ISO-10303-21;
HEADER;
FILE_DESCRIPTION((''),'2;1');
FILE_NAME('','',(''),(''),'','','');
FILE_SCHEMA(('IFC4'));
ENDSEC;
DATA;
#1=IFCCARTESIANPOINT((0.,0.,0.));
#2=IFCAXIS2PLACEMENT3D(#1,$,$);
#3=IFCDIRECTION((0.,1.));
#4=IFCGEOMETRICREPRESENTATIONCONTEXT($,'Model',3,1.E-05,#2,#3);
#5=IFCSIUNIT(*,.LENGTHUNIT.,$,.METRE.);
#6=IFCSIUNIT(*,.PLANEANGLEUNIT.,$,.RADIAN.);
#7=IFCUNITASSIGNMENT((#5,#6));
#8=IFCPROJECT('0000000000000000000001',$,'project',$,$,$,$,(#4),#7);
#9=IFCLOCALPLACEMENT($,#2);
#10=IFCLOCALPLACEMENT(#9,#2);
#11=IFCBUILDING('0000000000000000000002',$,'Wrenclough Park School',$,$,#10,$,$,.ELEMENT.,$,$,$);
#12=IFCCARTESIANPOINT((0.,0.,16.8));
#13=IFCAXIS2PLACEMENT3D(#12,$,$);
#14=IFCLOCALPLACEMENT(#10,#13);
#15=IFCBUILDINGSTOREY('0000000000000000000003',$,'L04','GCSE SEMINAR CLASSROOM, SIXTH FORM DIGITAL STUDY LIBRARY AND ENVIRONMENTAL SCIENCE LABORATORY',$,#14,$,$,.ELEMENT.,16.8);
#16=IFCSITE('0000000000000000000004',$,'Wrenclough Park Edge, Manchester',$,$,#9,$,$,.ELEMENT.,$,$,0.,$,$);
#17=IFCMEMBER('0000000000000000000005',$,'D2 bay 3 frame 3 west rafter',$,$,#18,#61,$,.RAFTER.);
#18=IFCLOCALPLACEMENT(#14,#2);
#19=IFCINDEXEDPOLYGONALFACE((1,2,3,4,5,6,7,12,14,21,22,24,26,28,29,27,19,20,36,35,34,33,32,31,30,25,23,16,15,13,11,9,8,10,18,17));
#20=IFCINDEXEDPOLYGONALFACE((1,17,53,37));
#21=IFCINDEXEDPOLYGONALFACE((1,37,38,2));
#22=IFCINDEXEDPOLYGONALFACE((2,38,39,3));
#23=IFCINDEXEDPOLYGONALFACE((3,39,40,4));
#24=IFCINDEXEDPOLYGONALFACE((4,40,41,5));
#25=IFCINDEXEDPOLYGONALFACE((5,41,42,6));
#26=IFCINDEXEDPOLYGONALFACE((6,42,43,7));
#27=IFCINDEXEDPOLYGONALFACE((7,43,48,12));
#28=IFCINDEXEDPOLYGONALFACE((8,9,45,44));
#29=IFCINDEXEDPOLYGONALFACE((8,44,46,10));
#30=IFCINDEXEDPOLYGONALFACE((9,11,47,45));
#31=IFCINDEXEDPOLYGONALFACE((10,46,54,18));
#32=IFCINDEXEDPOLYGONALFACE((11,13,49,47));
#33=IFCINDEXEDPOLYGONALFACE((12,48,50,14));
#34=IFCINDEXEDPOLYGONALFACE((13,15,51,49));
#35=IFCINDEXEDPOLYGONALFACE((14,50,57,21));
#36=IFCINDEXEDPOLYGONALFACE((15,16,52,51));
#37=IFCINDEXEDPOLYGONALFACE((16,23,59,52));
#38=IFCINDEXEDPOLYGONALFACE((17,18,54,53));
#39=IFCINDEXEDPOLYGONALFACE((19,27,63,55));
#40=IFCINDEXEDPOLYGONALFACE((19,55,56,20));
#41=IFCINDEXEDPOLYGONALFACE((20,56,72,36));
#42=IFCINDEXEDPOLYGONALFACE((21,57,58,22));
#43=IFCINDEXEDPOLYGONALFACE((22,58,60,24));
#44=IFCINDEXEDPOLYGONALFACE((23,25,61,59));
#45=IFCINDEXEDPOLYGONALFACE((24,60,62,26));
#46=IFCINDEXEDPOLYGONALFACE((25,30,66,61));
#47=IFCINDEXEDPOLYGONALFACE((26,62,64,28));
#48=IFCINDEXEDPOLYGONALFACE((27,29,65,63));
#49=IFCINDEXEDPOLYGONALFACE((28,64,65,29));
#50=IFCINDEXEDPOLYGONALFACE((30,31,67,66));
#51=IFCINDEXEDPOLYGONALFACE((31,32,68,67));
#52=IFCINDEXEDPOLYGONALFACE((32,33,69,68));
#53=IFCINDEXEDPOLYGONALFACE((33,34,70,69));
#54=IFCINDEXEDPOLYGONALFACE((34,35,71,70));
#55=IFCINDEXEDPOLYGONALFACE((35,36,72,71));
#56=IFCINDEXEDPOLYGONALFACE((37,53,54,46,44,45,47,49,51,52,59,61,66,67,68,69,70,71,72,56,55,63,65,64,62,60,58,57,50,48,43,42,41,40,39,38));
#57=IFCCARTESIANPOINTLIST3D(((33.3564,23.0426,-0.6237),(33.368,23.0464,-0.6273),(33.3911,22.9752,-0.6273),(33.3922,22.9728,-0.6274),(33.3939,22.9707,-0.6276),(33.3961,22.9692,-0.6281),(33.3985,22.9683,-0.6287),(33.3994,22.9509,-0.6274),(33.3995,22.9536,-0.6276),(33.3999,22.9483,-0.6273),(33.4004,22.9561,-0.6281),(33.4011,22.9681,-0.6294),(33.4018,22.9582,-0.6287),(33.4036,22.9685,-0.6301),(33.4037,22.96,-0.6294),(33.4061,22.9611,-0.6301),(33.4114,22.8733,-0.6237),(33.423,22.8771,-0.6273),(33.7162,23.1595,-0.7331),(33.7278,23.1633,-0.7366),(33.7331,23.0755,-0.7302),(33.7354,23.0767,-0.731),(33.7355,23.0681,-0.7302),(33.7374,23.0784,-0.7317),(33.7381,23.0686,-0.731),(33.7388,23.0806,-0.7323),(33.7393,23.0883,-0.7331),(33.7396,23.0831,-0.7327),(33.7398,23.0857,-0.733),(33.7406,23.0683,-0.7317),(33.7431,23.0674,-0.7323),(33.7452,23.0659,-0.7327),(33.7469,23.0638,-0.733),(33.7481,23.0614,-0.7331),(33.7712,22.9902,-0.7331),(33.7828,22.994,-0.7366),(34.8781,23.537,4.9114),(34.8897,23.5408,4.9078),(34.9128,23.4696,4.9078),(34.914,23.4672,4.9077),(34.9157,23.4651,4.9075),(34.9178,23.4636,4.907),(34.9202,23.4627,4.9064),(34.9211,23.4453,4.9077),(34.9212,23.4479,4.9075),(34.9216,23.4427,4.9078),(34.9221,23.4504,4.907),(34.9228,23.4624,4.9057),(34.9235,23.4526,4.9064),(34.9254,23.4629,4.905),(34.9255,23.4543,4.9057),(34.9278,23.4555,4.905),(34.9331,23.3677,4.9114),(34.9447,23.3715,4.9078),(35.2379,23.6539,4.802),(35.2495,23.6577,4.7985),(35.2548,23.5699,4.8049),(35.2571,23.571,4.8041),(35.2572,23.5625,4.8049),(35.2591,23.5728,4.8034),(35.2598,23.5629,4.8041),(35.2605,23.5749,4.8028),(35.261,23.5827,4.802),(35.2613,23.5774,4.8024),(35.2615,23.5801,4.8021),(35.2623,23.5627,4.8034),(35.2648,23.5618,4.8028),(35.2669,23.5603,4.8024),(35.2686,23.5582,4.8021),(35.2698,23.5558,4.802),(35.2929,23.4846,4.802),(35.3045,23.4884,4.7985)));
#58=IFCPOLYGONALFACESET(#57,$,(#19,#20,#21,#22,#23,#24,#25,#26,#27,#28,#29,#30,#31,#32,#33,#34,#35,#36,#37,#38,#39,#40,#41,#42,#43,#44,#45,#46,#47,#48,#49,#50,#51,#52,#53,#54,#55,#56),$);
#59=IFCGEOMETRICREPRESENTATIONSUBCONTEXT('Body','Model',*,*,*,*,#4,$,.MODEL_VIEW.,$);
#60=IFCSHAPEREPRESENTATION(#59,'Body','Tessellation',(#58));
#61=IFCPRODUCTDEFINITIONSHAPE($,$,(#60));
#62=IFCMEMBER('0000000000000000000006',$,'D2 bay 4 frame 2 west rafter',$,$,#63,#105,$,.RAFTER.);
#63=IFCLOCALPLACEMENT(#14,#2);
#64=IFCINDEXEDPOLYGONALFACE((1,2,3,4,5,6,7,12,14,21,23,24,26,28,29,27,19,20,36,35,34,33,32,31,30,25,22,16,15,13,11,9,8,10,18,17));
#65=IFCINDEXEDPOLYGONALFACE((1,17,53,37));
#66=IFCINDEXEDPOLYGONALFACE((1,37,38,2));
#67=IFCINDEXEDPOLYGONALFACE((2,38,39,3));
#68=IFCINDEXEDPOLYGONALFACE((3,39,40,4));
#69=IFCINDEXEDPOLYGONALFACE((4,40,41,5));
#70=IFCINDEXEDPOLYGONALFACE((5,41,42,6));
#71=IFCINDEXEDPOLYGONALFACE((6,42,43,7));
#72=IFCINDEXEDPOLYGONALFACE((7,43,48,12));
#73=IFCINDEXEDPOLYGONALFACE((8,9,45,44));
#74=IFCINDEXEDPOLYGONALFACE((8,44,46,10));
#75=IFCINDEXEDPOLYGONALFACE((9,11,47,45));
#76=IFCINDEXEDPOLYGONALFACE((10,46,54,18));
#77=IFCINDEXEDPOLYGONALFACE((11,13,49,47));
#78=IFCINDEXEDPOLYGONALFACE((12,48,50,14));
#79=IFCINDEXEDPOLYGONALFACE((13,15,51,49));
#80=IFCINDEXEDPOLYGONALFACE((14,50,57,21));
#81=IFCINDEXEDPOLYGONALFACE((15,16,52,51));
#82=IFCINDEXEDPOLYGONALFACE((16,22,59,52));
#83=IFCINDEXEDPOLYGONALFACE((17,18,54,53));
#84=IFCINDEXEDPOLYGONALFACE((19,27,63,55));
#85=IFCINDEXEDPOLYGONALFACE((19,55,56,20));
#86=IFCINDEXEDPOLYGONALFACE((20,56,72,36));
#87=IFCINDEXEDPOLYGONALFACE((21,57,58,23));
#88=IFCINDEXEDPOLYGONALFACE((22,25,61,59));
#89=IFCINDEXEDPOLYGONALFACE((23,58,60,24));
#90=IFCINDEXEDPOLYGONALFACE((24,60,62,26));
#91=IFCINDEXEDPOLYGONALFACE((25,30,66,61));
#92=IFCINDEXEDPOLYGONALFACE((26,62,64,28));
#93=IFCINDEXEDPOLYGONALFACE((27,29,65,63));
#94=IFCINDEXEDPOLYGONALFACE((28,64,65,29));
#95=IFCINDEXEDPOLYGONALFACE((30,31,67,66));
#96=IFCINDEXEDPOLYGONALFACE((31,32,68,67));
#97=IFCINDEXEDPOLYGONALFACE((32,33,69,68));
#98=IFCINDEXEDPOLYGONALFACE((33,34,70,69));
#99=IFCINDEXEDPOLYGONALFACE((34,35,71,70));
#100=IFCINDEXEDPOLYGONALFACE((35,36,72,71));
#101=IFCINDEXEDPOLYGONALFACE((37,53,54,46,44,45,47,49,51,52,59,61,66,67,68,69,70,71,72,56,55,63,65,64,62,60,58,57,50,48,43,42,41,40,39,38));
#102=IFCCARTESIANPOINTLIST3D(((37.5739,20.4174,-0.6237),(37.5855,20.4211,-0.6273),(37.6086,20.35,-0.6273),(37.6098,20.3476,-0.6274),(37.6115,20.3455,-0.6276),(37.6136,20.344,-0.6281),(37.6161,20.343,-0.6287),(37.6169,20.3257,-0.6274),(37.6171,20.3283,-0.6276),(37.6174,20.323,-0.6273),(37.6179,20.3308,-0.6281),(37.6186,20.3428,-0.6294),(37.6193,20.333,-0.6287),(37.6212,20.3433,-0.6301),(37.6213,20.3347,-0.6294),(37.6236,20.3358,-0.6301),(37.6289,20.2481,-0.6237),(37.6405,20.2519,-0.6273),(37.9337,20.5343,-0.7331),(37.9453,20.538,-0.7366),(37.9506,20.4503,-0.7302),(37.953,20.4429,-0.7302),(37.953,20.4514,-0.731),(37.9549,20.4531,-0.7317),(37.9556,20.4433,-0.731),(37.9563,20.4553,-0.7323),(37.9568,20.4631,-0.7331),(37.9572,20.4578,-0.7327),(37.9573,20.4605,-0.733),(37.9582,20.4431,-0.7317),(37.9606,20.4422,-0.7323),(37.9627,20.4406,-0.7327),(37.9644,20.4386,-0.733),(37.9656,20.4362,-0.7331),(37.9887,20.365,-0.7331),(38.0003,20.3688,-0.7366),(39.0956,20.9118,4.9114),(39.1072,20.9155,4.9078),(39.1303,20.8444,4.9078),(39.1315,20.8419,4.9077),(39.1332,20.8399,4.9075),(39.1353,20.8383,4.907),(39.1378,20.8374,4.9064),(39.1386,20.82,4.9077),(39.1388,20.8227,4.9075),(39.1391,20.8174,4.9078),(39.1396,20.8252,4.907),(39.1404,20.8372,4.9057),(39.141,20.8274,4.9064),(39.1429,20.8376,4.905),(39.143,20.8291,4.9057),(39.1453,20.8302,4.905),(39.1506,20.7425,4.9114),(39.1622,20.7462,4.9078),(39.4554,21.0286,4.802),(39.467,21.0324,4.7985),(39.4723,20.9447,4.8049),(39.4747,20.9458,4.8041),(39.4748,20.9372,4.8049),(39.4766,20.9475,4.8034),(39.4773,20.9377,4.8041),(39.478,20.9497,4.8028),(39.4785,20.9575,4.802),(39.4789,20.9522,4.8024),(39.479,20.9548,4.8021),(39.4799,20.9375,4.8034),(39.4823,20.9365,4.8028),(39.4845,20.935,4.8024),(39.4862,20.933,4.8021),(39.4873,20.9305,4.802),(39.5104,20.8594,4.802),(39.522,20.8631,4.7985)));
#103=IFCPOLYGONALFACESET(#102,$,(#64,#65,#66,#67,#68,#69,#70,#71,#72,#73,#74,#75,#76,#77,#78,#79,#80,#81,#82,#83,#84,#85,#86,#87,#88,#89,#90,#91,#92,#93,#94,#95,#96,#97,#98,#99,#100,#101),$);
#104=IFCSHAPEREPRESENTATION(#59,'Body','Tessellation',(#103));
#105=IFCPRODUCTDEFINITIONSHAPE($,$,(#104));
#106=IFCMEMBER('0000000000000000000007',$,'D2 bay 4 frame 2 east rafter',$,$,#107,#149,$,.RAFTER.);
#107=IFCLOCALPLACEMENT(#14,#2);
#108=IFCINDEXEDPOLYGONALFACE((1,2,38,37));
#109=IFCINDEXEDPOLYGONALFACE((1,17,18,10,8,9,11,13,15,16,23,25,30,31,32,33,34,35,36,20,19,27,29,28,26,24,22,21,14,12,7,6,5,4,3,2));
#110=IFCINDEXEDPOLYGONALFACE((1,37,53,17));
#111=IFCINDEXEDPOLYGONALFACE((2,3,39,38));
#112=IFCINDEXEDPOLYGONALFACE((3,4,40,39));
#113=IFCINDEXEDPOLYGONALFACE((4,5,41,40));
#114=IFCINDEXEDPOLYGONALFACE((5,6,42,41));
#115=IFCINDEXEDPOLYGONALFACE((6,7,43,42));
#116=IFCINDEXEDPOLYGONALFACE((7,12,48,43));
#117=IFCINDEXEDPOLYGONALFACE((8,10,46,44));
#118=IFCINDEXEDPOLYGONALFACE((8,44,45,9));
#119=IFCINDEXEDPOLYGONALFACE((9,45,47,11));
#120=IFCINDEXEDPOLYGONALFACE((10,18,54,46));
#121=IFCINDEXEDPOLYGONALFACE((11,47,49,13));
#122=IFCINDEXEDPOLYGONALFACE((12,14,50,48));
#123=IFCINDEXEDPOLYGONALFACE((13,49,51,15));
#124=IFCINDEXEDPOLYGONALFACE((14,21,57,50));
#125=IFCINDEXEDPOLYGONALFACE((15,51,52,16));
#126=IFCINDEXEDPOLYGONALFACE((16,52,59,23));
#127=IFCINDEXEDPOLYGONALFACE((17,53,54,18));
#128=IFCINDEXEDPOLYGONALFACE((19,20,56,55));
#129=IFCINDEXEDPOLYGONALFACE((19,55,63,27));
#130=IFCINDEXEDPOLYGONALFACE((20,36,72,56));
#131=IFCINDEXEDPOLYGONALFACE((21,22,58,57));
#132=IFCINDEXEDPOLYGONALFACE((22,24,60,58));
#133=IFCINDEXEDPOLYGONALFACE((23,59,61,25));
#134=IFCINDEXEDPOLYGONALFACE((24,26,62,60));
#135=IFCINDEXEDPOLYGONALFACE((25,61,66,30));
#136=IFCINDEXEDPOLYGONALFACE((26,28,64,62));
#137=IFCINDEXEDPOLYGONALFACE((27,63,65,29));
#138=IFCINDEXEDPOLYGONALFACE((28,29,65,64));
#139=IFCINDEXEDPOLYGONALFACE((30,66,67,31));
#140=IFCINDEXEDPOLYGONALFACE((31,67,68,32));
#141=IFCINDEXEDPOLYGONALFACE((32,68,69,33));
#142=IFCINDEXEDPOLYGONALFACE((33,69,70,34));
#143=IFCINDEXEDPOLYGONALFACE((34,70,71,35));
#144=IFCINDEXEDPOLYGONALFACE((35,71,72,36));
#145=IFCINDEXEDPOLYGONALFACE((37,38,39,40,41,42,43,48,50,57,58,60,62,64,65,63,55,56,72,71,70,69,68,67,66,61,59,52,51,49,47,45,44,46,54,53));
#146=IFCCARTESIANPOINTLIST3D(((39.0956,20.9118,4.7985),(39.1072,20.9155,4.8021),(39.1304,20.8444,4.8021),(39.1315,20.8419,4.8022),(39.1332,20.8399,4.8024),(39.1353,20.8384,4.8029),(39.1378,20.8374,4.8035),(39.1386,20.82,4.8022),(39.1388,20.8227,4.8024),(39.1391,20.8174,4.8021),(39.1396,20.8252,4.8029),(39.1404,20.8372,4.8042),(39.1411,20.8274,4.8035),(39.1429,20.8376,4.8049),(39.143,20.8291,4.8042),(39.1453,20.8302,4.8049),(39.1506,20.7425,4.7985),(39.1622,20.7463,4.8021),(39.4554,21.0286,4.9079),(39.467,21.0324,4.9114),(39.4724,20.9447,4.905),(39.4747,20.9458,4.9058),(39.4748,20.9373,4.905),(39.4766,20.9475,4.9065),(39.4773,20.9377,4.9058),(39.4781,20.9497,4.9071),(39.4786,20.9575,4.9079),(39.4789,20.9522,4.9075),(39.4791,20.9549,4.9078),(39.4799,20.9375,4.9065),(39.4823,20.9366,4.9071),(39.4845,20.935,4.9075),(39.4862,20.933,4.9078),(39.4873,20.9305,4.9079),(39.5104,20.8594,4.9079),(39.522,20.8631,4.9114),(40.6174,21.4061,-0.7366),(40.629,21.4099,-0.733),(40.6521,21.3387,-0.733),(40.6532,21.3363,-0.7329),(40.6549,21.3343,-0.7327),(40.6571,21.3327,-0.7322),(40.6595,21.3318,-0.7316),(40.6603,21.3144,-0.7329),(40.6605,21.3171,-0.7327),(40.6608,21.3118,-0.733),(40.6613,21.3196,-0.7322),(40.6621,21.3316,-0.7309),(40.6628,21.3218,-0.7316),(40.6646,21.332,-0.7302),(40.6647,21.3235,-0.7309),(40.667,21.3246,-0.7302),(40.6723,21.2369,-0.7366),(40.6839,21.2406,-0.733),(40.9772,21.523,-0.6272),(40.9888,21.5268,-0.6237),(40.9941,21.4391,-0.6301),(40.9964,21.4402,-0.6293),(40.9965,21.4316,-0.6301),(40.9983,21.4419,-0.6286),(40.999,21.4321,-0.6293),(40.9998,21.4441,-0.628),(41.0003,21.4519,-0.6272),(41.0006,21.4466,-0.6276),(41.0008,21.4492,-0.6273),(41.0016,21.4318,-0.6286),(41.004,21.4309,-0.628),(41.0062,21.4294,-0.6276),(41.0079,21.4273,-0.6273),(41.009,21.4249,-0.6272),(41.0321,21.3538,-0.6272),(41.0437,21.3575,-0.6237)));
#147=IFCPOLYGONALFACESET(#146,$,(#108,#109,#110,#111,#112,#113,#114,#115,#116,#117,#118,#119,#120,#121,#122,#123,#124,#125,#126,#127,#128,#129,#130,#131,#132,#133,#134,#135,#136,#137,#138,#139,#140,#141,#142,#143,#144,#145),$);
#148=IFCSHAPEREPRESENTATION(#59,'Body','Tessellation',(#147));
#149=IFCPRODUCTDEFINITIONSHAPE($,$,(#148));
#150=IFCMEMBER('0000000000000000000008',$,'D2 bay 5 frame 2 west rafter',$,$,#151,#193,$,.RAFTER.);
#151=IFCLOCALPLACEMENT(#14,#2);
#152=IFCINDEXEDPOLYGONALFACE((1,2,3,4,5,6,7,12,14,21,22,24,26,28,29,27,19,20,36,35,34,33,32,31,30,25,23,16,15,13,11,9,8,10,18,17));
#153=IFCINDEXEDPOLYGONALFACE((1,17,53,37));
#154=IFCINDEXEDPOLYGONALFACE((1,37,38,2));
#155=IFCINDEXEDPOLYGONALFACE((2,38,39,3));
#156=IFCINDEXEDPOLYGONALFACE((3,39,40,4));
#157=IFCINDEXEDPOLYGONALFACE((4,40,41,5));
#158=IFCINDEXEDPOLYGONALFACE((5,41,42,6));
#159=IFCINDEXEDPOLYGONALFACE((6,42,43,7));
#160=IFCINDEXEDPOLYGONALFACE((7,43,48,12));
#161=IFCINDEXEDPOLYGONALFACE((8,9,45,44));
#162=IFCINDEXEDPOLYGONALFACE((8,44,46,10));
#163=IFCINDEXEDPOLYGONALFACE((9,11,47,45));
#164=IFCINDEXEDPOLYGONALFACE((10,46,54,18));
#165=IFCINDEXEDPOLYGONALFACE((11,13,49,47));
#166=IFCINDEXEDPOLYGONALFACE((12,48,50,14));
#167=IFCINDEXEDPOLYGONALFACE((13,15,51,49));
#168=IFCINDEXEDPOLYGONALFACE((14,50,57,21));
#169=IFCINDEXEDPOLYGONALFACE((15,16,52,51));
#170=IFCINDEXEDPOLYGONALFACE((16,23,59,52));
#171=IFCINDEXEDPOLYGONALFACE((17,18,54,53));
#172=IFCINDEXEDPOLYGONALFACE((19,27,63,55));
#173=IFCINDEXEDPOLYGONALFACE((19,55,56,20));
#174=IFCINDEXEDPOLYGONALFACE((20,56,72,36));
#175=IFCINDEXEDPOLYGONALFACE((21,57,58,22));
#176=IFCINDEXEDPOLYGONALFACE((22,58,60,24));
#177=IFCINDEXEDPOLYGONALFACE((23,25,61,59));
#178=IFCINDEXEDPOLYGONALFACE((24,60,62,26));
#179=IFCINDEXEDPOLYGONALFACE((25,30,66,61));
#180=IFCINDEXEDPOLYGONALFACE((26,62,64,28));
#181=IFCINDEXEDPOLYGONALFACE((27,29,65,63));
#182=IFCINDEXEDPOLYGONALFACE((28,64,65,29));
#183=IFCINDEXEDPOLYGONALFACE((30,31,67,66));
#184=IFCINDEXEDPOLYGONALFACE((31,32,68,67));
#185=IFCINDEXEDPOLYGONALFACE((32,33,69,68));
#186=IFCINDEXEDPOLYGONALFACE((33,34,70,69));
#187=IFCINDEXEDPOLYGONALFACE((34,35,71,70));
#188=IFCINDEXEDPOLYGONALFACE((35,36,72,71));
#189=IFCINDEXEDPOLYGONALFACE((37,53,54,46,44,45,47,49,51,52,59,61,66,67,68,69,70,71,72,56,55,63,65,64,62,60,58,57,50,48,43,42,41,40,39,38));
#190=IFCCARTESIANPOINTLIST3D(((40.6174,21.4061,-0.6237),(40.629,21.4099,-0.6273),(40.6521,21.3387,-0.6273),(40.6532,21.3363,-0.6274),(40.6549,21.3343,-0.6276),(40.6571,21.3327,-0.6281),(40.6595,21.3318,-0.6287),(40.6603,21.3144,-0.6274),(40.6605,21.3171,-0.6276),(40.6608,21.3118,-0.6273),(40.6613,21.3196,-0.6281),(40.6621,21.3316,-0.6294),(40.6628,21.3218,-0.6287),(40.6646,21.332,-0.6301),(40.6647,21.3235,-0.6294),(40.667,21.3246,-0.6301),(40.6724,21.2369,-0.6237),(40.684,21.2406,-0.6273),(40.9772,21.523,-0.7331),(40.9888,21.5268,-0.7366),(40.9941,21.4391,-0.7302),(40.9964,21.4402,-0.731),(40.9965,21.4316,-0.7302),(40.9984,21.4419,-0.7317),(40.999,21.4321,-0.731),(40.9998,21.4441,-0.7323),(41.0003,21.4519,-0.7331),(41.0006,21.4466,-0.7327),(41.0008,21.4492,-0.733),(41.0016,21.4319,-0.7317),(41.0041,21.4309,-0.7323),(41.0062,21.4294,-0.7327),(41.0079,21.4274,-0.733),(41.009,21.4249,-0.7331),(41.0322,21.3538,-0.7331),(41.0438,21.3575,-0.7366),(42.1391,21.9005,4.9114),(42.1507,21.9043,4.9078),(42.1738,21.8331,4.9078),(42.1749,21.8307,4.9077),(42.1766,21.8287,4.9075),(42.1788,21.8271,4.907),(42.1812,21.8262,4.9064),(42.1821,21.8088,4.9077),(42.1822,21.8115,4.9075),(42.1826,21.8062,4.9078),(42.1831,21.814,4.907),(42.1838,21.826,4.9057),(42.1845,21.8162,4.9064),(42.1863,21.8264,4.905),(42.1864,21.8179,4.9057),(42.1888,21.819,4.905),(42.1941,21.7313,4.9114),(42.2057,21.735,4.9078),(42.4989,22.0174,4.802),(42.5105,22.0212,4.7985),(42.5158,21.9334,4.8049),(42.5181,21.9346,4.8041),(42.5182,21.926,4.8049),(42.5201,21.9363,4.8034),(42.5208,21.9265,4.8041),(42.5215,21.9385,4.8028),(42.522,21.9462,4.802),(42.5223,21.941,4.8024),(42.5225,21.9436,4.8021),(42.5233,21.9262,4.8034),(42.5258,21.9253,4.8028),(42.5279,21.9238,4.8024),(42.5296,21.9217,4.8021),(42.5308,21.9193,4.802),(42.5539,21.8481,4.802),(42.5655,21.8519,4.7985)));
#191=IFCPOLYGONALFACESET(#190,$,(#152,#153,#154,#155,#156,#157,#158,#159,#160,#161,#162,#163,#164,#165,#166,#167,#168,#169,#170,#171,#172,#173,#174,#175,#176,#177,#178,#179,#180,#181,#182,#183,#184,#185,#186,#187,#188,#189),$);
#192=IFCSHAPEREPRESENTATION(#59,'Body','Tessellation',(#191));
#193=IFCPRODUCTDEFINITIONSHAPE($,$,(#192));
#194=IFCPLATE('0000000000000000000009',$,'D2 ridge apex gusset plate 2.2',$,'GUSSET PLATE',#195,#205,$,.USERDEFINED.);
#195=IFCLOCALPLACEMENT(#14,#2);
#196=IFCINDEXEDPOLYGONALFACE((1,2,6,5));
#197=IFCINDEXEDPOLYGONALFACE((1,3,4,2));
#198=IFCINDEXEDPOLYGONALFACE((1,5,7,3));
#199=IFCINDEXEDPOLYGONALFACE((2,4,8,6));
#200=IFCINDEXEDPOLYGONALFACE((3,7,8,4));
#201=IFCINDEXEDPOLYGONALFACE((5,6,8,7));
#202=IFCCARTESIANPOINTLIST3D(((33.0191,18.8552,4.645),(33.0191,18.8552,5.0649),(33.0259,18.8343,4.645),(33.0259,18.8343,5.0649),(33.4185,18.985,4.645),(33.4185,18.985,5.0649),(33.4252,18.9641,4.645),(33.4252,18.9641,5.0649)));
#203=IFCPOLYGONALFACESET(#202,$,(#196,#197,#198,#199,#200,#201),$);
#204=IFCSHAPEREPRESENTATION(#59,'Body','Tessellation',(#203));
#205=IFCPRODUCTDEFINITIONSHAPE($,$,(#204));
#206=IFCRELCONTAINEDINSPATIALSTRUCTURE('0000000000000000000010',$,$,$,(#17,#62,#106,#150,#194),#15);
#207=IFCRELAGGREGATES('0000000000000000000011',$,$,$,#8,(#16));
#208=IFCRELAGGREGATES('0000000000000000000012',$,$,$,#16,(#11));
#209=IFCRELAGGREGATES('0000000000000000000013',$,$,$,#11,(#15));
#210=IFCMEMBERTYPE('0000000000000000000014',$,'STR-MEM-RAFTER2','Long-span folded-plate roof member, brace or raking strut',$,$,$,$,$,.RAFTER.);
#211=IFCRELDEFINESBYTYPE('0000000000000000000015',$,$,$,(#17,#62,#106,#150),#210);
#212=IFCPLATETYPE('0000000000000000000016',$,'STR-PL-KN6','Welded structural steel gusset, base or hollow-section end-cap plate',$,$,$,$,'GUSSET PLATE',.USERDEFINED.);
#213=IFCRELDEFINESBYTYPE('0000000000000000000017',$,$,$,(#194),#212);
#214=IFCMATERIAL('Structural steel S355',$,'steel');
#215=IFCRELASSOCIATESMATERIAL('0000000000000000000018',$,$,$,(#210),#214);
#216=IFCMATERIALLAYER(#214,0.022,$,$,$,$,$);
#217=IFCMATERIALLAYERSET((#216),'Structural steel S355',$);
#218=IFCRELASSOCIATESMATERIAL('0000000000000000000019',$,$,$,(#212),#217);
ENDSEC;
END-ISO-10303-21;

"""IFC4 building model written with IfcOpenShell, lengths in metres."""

from ifc_helpers import new_model, si_unit, direction, frame, origin, origin_2d, place, context, subcontext, project, spatial, rectangle, i_section, extrude, material, layer, layer_set, material_profile, profile_set, type_object, element, save


model = new_model("IFC4")

# Units and contexts
model_context = context("Model", 3, precision=1e-05, world=origin(), true_north=direction((0.0, 1.0)))
body_context = subcontext(model_context, "Body", "Model", "MODEL_VIEW")
ifc_project = project(units=[si_unit("LENGTHUNIT", "METRE"), si_unit("PLANEANGLEUNIT", "RADIAN")], contexts=[model_context])

# Site, building, storey
site_placement = place(None, origin())
site = spatial("IfcSite", under=ifc_project, at=site_placement, Name="Wrenclough Park Edge, Manchester", CompositionType="ELEMENT", RefElevation=0.0)
building_placement = place(site_placement, origin())
building = spatial("IfcBuilding", under=site, at=building_placement, Name="Wrenclough Park School", CompositionType="ELEMENT")
storey_placement = place(building_placement, frame((0.0, 0.0, 16.8)))
storey = spatial("IfcBuildingStorey", under=building, at=storey_placement, Name="L04", Description="GCSE SEMINAR CLASSROOM, SIXTH FORM DIGITAL STUDY LIBRARY AND ENVIRONMENTAL SCIENCE LABORATORY", CompositionType="ELEMENT", Elevation=16.8)

# Members
ifc_material = material(Name="Structural steel S355", Category="steel")
ifc_material_profile_1 = material_profile(ifc_material, i_section(OverallWidth=0.178, OverallDepth=0.4065, WebThickness=0.0078, FlangeThickness=0.0127, FilletRadius=0.0103, at=origin_2d()), Name="UKB 406x178x60")
ifc_profile_set_1 = profile_set([ifc_material_profile_1], Name="Structural steel S355")
member_type_1 = type_object("IfcMemberType", Name="STR-MEM-RAFTER2", Description="Long-span folded-plate roof member, brace or raking strut", PredefinedType="RAFTER", material=ifc_profile_set_1)
for number, where, z_axis, x_axis, name in (
    (1, (33.5696, 23.0183, -0.6802), (0.264108, 0.085804, 0.960669), (-0.308986, 0.951067, 0.0), "D2 bay 3 frame 3 west rafter"),
    (2, (37.7871, 20.3931, -0.6802), (0.264108, 0.085804, 0.960669), (-0.308986, 0.951067, 0.0), "D2 bay 4 frame 2 west rafter"),
    (3, (39.3088, 20.8875, 4.855), (0.264108, 0.085804, -0.960669), (-0.308986, 0.951067, 0.0), "D2 bay 4 frame 2 east rafter"),
    (4, (40.8306, 21.3818, -0.6802), (0.264108, 0.085804, 0.960669), (-0.308986, 0.951067, 0.0), "D2 bay 5 frame 2 west rafter"),
):
    element("IfcMember", number, at=place(storey_placement, frame(where, z_axis=z_axis, x_axis=x_axis)), inside=storey, type_object=member_type_1, Name=name, PredefinedType="RAFTER", context=body_context, shape_type="SweptSolid", body=[
        extrude(i_section(OverallWidth=0.178, OverallDepth=0.4065, WebThickness=0.0078, FlangeThickness=0.0127, FilletRadius=0.0103, at=origin_2d()), origin(), (0.0, 0.0, 1.0), 5.7617),
    ])

# Plate
ifc_layer_1 = layer(ifc_material, 0.022)
ifc_layer_set_1 = layer_set([ifc_layer_1], Name="Structural steel S355")
plate_type_1 = type_object("IfcPlateType", Name="STR-PL-KN6", Description="Welded structural steel gusset, base or hollow-section end-cap plate", ElementType="GUSSET PLATE", PredefinedType="USERDEFINED", material=ifc_layer_set_1)
for number, where, z_axis, x_axis, name in (
    (5, (33.2222, 18.9097, 4.645), (0.0, 0.0, 1.0), (0.951057, 0.309017, 0.0), "D2 ridge apex gusset plate 2.2"),
):
    element("IfcPlate", number, at=place(storey_placement, frame(where, z_axis=z_axis, x_axis=x_axis)), inside=storey, type_object=plate_type_1, Name=name, ObjectType="GUSSET PLATE", PredefinedType="USERDEFINED", context=body_context, shape_type="SweptSolid", body=[
        extrude(rectangle(XDim=0.4199, YDim=0.022, at=origin_2d()), origin(), (0.0, 0.0, 1.0), 0.4199),
    ])

save(model, "model.ifc")
